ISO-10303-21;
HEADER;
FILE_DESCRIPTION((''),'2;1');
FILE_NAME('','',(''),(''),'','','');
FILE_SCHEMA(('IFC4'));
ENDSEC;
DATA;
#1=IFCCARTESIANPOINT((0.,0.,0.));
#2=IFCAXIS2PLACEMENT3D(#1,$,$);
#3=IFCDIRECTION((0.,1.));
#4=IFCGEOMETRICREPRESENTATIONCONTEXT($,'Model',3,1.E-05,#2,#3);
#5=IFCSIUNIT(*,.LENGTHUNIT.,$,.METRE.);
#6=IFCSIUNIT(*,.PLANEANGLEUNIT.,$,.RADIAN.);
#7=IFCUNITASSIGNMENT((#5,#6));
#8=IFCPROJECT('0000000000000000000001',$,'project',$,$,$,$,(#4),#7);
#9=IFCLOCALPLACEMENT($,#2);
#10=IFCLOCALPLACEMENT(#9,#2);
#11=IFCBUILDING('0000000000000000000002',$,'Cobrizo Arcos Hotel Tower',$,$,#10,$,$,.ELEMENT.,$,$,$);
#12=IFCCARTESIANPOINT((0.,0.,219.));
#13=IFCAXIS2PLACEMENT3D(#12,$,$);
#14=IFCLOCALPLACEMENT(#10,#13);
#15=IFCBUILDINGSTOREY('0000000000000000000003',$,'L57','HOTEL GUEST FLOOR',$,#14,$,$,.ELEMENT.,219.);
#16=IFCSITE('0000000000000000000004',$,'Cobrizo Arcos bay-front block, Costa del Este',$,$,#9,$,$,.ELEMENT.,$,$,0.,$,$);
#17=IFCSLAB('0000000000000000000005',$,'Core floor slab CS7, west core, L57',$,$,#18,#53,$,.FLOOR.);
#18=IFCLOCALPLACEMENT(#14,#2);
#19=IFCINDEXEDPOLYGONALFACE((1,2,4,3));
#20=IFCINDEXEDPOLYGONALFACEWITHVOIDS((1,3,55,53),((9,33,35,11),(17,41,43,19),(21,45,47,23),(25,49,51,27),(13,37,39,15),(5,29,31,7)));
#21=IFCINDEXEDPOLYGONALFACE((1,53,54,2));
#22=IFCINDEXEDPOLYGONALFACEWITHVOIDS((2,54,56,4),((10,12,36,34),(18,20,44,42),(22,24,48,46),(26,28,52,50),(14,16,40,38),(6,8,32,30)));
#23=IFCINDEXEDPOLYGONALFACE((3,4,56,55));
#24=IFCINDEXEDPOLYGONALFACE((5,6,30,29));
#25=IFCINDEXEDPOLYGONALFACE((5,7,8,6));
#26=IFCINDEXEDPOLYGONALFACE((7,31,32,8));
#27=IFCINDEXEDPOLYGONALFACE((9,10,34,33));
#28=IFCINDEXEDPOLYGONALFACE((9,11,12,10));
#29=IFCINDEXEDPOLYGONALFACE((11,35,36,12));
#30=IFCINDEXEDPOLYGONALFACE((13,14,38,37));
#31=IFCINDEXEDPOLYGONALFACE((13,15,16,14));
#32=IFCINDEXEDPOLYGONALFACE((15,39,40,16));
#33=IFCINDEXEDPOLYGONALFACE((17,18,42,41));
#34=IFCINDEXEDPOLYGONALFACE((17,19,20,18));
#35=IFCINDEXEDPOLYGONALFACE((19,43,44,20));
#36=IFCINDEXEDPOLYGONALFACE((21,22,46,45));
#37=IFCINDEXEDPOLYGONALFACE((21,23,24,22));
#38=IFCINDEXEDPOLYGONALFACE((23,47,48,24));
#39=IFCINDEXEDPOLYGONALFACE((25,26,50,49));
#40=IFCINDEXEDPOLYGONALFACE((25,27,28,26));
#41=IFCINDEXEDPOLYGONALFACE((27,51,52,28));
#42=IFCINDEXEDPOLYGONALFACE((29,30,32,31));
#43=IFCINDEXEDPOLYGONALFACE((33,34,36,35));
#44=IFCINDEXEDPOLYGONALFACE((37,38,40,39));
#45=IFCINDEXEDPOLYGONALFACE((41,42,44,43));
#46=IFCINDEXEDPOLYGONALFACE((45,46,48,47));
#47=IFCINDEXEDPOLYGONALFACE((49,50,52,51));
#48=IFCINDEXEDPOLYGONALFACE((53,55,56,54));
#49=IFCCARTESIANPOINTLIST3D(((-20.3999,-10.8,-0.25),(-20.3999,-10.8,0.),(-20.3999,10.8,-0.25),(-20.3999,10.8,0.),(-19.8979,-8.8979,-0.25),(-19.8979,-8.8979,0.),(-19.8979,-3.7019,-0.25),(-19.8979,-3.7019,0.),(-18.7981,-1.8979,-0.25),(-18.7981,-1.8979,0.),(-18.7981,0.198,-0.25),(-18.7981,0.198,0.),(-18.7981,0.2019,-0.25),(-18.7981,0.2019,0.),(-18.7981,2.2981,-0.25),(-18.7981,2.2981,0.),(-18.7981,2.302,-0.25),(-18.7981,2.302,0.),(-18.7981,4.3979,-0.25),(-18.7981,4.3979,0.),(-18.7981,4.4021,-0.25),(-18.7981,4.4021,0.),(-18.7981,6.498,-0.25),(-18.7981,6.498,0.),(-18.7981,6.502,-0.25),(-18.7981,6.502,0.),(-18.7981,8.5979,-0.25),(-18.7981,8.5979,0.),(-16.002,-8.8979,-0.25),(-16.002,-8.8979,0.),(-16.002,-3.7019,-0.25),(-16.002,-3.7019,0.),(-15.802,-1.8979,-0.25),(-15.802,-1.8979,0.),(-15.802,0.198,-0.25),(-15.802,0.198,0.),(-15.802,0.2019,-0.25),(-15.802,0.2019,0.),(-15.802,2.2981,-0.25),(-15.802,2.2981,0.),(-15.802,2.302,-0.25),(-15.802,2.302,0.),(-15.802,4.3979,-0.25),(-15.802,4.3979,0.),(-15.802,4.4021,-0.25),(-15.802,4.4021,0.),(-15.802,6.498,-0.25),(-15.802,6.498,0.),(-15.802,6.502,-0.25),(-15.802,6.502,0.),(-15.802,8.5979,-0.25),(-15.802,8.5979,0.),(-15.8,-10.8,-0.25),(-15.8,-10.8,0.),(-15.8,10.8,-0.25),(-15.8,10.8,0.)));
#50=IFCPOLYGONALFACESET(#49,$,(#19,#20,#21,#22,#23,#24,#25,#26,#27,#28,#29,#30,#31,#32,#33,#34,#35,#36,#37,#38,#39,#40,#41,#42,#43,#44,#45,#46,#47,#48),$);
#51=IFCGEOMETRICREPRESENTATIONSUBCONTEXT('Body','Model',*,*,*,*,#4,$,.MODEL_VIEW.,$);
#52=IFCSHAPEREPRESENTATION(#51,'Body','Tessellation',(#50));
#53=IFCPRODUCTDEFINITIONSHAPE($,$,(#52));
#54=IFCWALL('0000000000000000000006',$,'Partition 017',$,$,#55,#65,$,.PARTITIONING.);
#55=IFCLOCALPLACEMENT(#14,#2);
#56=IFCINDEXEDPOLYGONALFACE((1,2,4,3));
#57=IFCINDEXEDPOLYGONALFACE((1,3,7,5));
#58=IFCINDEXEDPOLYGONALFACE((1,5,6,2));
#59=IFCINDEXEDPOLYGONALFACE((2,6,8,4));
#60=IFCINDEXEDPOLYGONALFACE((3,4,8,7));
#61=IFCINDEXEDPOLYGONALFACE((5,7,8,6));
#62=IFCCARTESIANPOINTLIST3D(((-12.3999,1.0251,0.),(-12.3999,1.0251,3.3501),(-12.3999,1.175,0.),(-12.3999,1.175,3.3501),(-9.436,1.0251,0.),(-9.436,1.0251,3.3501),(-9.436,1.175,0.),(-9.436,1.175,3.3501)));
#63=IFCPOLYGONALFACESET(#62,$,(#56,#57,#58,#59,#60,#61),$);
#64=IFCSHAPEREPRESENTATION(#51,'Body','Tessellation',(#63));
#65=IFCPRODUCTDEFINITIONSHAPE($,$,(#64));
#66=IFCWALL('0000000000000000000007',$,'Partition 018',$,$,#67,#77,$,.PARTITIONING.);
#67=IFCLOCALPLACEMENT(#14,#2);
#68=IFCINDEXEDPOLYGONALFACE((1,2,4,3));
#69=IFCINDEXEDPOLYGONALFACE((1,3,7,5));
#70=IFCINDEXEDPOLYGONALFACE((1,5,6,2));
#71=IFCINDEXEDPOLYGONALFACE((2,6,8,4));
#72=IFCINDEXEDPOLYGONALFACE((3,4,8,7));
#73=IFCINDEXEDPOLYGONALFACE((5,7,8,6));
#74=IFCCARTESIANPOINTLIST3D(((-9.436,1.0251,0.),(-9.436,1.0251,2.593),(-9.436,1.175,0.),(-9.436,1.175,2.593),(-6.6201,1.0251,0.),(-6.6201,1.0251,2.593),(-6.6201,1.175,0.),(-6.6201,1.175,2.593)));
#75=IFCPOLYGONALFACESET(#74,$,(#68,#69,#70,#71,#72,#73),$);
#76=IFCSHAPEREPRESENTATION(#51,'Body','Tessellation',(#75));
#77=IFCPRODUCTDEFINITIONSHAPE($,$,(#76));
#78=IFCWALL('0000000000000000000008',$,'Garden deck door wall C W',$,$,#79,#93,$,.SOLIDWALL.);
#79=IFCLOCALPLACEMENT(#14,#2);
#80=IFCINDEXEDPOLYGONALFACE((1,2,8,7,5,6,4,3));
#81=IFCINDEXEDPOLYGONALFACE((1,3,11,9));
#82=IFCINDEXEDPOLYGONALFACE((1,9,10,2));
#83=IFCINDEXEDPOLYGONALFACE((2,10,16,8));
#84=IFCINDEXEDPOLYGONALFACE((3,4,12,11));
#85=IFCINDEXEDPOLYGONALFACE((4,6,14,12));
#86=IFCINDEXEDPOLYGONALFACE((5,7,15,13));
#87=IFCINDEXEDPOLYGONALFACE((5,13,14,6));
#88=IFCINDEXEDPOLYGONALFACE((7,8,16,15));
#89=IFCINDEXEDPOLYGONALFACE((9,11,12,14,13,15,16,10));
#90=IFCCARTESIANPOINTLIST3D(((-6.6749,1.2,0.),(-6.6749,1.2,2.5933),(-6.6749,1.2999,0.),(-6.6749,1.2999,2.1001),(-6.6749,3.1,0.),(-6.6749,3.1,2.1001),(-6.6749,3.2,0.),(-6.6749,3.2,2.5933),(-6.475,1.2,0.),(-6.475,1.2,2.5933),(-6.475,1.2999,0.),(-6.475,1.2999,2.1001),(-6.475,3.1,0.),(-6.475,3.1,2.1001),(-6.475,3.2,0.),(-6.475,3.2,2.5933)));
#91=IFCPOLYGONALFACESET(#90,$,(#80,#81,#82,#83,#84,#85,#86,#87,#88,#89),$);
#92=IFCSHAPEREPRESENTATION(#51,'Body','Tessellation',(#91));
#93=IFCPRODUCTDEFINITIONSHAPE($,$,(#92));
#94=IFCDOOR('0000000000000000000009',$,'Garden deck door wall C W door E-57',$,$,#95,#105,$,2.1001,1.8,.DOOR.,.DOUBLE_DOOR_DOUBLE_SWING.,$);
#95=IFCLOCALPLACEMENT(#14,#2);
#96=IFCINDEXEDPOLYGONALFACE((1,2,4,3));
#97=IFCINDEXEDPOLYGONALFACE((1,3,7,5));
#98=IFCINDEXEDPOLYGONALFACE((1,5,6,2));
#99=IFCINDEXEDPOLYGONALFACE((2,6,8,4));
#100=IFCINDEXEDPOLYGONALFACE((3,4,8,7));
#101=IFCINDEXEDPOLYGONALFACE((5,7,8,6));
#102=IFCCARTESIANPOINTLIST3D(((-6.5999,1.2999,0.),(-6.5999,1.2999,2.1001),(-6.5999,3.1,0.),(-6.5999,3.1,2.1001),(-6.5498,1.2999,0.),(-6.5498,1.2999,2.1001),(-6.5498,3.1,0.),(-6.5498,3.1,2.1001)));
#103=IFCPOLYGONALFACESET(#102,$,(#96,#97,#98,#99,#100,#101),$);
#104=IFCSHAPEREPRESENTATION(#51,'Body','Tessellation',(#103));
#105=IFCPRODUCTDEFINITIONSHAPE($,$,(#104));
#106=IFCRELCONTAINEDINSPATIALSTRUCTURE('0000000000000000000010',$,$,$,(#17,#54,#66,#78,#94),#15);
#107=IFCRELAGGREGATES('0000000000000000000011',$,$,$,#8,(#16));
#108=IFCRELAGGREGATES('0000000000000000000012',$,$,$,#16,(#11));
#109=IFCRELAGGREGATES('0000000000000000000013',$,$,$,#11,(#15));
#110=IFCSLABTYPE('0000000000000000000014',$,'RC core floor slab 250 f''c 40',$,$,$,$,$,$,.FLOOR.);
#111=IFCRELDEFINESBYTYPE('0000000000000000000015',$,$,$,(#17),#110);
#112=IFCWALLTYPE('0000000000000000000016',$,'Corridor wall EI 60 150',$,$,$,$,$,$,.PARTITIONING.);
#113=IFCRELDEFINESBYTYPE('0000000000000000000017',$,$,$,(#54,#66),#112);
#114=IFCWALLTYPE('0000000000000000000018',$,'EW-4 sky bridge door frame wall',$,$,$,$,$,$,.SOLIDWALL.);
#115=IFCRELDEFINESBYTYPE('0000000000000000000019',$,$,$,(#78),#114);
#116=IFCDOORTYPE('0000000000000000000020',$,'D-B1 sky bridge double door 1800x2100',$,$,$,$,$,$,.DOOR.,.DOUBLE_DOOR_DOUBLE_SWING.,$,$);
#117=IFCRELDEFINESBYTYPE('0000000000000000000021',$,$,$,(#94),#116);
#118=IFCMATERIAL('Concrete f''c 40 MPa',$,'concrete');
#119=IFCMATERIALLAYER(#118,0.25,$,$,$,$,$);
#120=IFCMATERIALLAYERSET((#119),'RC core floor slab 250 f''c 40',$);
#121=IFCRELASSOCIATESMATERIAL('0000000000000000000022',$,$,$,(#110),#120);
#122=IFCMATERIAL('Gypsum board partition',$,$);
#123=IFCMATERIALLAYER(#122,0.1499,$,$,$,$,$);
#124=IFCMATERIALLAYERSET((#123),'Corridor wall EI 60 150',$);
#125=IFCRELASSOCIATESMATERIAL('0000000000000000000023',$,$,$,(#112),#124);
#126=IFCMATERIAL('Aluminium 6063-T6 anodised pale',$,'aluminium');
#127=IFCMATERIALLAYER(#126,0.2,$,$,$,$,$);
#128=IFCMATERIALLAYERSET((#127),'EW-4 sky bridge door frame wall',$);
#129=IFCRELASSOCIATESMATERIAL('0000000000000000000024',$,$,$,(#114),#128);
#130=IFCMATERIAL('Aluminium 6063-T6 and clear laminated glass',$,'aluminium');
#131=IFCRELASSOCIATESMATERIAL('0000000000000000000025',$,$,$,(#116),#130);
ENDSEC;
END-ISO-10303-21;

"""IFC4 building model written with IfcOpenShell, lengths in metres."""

from ifc_helpers import new_model, si_unit, direction, frame, frame_2d, origin, place, context, subcontext, project, spatial, polyline, rectangle, outline, extrude, material, layer, layer_set, type_object, element, fill, save


model = new_model("IFC4")

# Units and contexts
model_context = context("Model", 3, precision=1e-05, world=origin(), true_north=direction((0.0, 1.0)))
body_context = subcontext(model_context, "Body", "Model", "MODEL_VIEW")
ifc_project = project(units=[si_unit("LENGTHUNIT", "METRE"), si_unit("PLANEANGLEUNIT", "RADIAN")], contexts=[model_context])

# Site, building, storey
site_placement = place(None, origin())
site = spatial("IfcSite", under=ifc_project, at=site_placement, Name="Cobrizo Arcos bay-front block, Costa del Este", CompositionType="ELEMENT", RefElevation=0.0)
building_placement = place(site_placement, origin())
building = spatial("IfcBuilding", under=site, at=building_placement, Name="Cobrizo Arcos Hotel Tower", CompositionType="ELEMENT")
storey_placement = place(building_placement, frame((0.0, 0.0, 219.0)))
storey = spatial("IfcBuildingStorey", under=building, at=storey_placement, Name="L57", Description="HOTEL GUEST FLOOR", CompositionType="ELEMENT", Elevation=219.0)

# Slab
ifc_material_1 = material(Name="Concrete f'c 40 MPa", Category="concrete")
ifc_layer_1 = layer(ifc_material_1, 0.25)
ifc_layer_set_1 = layer_set([ifc_layer_1], Name="RC core floor slab 250 f'c 40")
slab_type_1 = type_object("IfcSlabType", Name="RC core floor slab 250 f'c 40", PredefinedType="FLOOR", material=ifc_layer_set_1)
slab_1_placement = place(storey_placement, frame((0.0, 0.0, -0.25)))
element("IfcSlab", 1, at=slab_1_placement, inside=storey, type_object=slab_type_1, Name="Core floor slab CS7, west core, L57", PredefinedType="FLOOR", context=body_context, shape_type="SweptSolid", body=[
    extrude(outline(polyline([(-20.3999, 10.8), (-15.8, 10.8), (-15.8, -10.8), (-20.3999, -10.8), (-20.3999, 10.8)]), holes=[polyline([(-19.8979, -3.7019), (-19.8979, -8.8979), (-16.002, -8.8979), (-16.002, -3.7019), (-19.8979, -3.7019)]), polyline([(-18.7981, 0.198), (-18.7981, -1.8979), (-15.802, -1.8979), (-15.802, 0.198), (-18.7981, 0.198)]), polyline([(-18.7981, 2.2981), (-18.7981, 0.2019), (-15.802, 0.2019), (-15.802, 2.2981), (-18.7981, 2.2981)]), polyline([(-18.7981, 4.3979), (-18.7981, 2.302), (-15.802, 2.302), (-15.802, 4.3979), (-18.7981, 4.3979)]), polyline([(-15.802, 6.498), (-18.7981, 6.498), (-18.7981, 4.4021), (-15.802, 4.4021), (-15.802, 6.498)]), polyline([(-15.802, 8.5979), (-18.7981, 8.5979), (-18.7981, 6.502), (-15.802, 6.502), (-15.802, 8.5979)])]), origin(), (0.0, 0.0, 1.0), 0.25),
])

# Walls
ifc_material_2 = material(Name="Gypsum board partition")
ifc_layer_2 = layer(ifc_material_2, 0.1499)
ifc_layer_set_2 = layer_set([ifc_layer_2], Name="Corridor wall EI 60 150")
wall_type_1 = type_object("IfcWallType", Name="Corridor wall EI 60 150", PredefinedType="PARTITIONING", material=ifc_layer_set_2)
wall_1_placement = place(storey_placement, frame((-12.3999, 1.1001, 0.0), z_axis=(0.0, 0.0, 1.0), x_axis=(1.0, 0.0, 0.0)))
element("IfcWall", 2, at=wall_1_placement, inside=storey, type_object=wall_type_1, Name="Partition 017", PredefinedType="PARTITIONING", context=body_context, shape_type="SweptSolid", body=[
    extrude(rectangle(XDim=2.9639, YDim=0.1499, at=frame_2d((1.4819, 0.0))), origin(), (0.0, 0.0, 1.0), 3.3501),
])
wall_2_placement = place(storey_placement, frame((-9.436, 1.1001, 0.0), z_axis=(0.0, 0.0, 1.0), x_axis=(1.0, 0.0, 0.0)))
element("IfcWall", 3, at=wall_2_placement, inside=storey, type_object=wall_type_1, Name="Partition 018", PredefinedType="PARTITIONING", context=body_context, shape_type="SweptSolid", body=[
    extrude(rectangle(XDim=2.8159, YDim=0.1499, at=frame_2d((1.408, 0.0))), origin(), (0.0, 0.0, 1.0), 2.593),
])

# Wall, opening, door
ifc_material_3 = material(Name="Aluminium 6063-T6 anodised pale", Category="aluminium")
ifc_layer_3 = layer(ifc_material_3, 0.2)
ifc_layer_set_3 = layer_set([ifc_layer_3], Name="EW-4 sky bridge door frame wall")
wall_type_2 = type_object("IfcWallType", Name="EW-4 sky bridge door frame wall", PredefinedType="SOLIDWALL", material=ifc_layer_set_3)
wall_3_placement = place(storey_placement, frame((-6.575, 1.2, 0.0), z_axis=(0.0, 0.0, 1.0), x_axis=(0.0, 1.0, 0.0)))
wall_3 = element("IfcWall", 4, at=wall_3_placement, inside=storey, type_object=wall_type_2, Name="Garden deck door wall C W", PredefinedType="SOLIDWALL", context=body_context, shape_type="SweptSolid", body=[
    extrude(rectangle(XDim=2.0, YDim=0.2, at=frame_2d((1.0, 0.0))), origin(), (0.0, 0.0, 1.0), 2.5933),
])
opening_placement = place(wall_3_placement, frame((0.1001, 0.0, 0.0)))
opening = element("IfcOpeningElement", 5, at=opening_placement, cuts=wall_3, PredefinedType="OPENING", context=body_context, shape_type="SweptSolid", body=[
    extrude(rectangle(XDim=1.8, YDim=2.1001, at=frame_2d((0.8999, 1.05))), frame((0.0, 0.1121, 0.0), z_axis=(0.0, -1.0, 0.0), x_axis=(1.0, 0.0, 0.0)), (0.0, 0.0, 1.0), 0.2239),
])
ifc_material_4 = material(Name="Aluminium 6063-T6 and clear laminated glass", Category="aluminium")
door_type = type_object("IfcDoorType", Name="D-B1 sky bridge double door 1800x2100", OperationType="DOUBLE_DOOR_DOUBLE_SWING", PredefinedType="DOOR", material=ifc_material_4)
door_placement = place(opening_placement, origin())
door = element("IfcDoor", 6, at=door_placement, inside=storey, type_object=door_type, Name="Garden deck door wall C W door E-57", OperationType="DOUBLE_DOOR_DOUBLE_SWING", OverallHeight=2.1001, OverallWidth=1.8, PredefinedType="DOOR", context=body_context, shape_type="SweptSolid", body=[
    extrude(rectangle(XDim=1.8, YDim=2.1001, at=frame_2d((0.8999, 1.05))), frame((0.0, 0.0249, 0.0), z_axis=(0.0, -1.0, 0.0), x_axis=(1.0, 0.0, 0.0)), (0.0, 0.0, 1.0), 0.05),
])
fill(opening, door)

save(model, "model.ifc")
